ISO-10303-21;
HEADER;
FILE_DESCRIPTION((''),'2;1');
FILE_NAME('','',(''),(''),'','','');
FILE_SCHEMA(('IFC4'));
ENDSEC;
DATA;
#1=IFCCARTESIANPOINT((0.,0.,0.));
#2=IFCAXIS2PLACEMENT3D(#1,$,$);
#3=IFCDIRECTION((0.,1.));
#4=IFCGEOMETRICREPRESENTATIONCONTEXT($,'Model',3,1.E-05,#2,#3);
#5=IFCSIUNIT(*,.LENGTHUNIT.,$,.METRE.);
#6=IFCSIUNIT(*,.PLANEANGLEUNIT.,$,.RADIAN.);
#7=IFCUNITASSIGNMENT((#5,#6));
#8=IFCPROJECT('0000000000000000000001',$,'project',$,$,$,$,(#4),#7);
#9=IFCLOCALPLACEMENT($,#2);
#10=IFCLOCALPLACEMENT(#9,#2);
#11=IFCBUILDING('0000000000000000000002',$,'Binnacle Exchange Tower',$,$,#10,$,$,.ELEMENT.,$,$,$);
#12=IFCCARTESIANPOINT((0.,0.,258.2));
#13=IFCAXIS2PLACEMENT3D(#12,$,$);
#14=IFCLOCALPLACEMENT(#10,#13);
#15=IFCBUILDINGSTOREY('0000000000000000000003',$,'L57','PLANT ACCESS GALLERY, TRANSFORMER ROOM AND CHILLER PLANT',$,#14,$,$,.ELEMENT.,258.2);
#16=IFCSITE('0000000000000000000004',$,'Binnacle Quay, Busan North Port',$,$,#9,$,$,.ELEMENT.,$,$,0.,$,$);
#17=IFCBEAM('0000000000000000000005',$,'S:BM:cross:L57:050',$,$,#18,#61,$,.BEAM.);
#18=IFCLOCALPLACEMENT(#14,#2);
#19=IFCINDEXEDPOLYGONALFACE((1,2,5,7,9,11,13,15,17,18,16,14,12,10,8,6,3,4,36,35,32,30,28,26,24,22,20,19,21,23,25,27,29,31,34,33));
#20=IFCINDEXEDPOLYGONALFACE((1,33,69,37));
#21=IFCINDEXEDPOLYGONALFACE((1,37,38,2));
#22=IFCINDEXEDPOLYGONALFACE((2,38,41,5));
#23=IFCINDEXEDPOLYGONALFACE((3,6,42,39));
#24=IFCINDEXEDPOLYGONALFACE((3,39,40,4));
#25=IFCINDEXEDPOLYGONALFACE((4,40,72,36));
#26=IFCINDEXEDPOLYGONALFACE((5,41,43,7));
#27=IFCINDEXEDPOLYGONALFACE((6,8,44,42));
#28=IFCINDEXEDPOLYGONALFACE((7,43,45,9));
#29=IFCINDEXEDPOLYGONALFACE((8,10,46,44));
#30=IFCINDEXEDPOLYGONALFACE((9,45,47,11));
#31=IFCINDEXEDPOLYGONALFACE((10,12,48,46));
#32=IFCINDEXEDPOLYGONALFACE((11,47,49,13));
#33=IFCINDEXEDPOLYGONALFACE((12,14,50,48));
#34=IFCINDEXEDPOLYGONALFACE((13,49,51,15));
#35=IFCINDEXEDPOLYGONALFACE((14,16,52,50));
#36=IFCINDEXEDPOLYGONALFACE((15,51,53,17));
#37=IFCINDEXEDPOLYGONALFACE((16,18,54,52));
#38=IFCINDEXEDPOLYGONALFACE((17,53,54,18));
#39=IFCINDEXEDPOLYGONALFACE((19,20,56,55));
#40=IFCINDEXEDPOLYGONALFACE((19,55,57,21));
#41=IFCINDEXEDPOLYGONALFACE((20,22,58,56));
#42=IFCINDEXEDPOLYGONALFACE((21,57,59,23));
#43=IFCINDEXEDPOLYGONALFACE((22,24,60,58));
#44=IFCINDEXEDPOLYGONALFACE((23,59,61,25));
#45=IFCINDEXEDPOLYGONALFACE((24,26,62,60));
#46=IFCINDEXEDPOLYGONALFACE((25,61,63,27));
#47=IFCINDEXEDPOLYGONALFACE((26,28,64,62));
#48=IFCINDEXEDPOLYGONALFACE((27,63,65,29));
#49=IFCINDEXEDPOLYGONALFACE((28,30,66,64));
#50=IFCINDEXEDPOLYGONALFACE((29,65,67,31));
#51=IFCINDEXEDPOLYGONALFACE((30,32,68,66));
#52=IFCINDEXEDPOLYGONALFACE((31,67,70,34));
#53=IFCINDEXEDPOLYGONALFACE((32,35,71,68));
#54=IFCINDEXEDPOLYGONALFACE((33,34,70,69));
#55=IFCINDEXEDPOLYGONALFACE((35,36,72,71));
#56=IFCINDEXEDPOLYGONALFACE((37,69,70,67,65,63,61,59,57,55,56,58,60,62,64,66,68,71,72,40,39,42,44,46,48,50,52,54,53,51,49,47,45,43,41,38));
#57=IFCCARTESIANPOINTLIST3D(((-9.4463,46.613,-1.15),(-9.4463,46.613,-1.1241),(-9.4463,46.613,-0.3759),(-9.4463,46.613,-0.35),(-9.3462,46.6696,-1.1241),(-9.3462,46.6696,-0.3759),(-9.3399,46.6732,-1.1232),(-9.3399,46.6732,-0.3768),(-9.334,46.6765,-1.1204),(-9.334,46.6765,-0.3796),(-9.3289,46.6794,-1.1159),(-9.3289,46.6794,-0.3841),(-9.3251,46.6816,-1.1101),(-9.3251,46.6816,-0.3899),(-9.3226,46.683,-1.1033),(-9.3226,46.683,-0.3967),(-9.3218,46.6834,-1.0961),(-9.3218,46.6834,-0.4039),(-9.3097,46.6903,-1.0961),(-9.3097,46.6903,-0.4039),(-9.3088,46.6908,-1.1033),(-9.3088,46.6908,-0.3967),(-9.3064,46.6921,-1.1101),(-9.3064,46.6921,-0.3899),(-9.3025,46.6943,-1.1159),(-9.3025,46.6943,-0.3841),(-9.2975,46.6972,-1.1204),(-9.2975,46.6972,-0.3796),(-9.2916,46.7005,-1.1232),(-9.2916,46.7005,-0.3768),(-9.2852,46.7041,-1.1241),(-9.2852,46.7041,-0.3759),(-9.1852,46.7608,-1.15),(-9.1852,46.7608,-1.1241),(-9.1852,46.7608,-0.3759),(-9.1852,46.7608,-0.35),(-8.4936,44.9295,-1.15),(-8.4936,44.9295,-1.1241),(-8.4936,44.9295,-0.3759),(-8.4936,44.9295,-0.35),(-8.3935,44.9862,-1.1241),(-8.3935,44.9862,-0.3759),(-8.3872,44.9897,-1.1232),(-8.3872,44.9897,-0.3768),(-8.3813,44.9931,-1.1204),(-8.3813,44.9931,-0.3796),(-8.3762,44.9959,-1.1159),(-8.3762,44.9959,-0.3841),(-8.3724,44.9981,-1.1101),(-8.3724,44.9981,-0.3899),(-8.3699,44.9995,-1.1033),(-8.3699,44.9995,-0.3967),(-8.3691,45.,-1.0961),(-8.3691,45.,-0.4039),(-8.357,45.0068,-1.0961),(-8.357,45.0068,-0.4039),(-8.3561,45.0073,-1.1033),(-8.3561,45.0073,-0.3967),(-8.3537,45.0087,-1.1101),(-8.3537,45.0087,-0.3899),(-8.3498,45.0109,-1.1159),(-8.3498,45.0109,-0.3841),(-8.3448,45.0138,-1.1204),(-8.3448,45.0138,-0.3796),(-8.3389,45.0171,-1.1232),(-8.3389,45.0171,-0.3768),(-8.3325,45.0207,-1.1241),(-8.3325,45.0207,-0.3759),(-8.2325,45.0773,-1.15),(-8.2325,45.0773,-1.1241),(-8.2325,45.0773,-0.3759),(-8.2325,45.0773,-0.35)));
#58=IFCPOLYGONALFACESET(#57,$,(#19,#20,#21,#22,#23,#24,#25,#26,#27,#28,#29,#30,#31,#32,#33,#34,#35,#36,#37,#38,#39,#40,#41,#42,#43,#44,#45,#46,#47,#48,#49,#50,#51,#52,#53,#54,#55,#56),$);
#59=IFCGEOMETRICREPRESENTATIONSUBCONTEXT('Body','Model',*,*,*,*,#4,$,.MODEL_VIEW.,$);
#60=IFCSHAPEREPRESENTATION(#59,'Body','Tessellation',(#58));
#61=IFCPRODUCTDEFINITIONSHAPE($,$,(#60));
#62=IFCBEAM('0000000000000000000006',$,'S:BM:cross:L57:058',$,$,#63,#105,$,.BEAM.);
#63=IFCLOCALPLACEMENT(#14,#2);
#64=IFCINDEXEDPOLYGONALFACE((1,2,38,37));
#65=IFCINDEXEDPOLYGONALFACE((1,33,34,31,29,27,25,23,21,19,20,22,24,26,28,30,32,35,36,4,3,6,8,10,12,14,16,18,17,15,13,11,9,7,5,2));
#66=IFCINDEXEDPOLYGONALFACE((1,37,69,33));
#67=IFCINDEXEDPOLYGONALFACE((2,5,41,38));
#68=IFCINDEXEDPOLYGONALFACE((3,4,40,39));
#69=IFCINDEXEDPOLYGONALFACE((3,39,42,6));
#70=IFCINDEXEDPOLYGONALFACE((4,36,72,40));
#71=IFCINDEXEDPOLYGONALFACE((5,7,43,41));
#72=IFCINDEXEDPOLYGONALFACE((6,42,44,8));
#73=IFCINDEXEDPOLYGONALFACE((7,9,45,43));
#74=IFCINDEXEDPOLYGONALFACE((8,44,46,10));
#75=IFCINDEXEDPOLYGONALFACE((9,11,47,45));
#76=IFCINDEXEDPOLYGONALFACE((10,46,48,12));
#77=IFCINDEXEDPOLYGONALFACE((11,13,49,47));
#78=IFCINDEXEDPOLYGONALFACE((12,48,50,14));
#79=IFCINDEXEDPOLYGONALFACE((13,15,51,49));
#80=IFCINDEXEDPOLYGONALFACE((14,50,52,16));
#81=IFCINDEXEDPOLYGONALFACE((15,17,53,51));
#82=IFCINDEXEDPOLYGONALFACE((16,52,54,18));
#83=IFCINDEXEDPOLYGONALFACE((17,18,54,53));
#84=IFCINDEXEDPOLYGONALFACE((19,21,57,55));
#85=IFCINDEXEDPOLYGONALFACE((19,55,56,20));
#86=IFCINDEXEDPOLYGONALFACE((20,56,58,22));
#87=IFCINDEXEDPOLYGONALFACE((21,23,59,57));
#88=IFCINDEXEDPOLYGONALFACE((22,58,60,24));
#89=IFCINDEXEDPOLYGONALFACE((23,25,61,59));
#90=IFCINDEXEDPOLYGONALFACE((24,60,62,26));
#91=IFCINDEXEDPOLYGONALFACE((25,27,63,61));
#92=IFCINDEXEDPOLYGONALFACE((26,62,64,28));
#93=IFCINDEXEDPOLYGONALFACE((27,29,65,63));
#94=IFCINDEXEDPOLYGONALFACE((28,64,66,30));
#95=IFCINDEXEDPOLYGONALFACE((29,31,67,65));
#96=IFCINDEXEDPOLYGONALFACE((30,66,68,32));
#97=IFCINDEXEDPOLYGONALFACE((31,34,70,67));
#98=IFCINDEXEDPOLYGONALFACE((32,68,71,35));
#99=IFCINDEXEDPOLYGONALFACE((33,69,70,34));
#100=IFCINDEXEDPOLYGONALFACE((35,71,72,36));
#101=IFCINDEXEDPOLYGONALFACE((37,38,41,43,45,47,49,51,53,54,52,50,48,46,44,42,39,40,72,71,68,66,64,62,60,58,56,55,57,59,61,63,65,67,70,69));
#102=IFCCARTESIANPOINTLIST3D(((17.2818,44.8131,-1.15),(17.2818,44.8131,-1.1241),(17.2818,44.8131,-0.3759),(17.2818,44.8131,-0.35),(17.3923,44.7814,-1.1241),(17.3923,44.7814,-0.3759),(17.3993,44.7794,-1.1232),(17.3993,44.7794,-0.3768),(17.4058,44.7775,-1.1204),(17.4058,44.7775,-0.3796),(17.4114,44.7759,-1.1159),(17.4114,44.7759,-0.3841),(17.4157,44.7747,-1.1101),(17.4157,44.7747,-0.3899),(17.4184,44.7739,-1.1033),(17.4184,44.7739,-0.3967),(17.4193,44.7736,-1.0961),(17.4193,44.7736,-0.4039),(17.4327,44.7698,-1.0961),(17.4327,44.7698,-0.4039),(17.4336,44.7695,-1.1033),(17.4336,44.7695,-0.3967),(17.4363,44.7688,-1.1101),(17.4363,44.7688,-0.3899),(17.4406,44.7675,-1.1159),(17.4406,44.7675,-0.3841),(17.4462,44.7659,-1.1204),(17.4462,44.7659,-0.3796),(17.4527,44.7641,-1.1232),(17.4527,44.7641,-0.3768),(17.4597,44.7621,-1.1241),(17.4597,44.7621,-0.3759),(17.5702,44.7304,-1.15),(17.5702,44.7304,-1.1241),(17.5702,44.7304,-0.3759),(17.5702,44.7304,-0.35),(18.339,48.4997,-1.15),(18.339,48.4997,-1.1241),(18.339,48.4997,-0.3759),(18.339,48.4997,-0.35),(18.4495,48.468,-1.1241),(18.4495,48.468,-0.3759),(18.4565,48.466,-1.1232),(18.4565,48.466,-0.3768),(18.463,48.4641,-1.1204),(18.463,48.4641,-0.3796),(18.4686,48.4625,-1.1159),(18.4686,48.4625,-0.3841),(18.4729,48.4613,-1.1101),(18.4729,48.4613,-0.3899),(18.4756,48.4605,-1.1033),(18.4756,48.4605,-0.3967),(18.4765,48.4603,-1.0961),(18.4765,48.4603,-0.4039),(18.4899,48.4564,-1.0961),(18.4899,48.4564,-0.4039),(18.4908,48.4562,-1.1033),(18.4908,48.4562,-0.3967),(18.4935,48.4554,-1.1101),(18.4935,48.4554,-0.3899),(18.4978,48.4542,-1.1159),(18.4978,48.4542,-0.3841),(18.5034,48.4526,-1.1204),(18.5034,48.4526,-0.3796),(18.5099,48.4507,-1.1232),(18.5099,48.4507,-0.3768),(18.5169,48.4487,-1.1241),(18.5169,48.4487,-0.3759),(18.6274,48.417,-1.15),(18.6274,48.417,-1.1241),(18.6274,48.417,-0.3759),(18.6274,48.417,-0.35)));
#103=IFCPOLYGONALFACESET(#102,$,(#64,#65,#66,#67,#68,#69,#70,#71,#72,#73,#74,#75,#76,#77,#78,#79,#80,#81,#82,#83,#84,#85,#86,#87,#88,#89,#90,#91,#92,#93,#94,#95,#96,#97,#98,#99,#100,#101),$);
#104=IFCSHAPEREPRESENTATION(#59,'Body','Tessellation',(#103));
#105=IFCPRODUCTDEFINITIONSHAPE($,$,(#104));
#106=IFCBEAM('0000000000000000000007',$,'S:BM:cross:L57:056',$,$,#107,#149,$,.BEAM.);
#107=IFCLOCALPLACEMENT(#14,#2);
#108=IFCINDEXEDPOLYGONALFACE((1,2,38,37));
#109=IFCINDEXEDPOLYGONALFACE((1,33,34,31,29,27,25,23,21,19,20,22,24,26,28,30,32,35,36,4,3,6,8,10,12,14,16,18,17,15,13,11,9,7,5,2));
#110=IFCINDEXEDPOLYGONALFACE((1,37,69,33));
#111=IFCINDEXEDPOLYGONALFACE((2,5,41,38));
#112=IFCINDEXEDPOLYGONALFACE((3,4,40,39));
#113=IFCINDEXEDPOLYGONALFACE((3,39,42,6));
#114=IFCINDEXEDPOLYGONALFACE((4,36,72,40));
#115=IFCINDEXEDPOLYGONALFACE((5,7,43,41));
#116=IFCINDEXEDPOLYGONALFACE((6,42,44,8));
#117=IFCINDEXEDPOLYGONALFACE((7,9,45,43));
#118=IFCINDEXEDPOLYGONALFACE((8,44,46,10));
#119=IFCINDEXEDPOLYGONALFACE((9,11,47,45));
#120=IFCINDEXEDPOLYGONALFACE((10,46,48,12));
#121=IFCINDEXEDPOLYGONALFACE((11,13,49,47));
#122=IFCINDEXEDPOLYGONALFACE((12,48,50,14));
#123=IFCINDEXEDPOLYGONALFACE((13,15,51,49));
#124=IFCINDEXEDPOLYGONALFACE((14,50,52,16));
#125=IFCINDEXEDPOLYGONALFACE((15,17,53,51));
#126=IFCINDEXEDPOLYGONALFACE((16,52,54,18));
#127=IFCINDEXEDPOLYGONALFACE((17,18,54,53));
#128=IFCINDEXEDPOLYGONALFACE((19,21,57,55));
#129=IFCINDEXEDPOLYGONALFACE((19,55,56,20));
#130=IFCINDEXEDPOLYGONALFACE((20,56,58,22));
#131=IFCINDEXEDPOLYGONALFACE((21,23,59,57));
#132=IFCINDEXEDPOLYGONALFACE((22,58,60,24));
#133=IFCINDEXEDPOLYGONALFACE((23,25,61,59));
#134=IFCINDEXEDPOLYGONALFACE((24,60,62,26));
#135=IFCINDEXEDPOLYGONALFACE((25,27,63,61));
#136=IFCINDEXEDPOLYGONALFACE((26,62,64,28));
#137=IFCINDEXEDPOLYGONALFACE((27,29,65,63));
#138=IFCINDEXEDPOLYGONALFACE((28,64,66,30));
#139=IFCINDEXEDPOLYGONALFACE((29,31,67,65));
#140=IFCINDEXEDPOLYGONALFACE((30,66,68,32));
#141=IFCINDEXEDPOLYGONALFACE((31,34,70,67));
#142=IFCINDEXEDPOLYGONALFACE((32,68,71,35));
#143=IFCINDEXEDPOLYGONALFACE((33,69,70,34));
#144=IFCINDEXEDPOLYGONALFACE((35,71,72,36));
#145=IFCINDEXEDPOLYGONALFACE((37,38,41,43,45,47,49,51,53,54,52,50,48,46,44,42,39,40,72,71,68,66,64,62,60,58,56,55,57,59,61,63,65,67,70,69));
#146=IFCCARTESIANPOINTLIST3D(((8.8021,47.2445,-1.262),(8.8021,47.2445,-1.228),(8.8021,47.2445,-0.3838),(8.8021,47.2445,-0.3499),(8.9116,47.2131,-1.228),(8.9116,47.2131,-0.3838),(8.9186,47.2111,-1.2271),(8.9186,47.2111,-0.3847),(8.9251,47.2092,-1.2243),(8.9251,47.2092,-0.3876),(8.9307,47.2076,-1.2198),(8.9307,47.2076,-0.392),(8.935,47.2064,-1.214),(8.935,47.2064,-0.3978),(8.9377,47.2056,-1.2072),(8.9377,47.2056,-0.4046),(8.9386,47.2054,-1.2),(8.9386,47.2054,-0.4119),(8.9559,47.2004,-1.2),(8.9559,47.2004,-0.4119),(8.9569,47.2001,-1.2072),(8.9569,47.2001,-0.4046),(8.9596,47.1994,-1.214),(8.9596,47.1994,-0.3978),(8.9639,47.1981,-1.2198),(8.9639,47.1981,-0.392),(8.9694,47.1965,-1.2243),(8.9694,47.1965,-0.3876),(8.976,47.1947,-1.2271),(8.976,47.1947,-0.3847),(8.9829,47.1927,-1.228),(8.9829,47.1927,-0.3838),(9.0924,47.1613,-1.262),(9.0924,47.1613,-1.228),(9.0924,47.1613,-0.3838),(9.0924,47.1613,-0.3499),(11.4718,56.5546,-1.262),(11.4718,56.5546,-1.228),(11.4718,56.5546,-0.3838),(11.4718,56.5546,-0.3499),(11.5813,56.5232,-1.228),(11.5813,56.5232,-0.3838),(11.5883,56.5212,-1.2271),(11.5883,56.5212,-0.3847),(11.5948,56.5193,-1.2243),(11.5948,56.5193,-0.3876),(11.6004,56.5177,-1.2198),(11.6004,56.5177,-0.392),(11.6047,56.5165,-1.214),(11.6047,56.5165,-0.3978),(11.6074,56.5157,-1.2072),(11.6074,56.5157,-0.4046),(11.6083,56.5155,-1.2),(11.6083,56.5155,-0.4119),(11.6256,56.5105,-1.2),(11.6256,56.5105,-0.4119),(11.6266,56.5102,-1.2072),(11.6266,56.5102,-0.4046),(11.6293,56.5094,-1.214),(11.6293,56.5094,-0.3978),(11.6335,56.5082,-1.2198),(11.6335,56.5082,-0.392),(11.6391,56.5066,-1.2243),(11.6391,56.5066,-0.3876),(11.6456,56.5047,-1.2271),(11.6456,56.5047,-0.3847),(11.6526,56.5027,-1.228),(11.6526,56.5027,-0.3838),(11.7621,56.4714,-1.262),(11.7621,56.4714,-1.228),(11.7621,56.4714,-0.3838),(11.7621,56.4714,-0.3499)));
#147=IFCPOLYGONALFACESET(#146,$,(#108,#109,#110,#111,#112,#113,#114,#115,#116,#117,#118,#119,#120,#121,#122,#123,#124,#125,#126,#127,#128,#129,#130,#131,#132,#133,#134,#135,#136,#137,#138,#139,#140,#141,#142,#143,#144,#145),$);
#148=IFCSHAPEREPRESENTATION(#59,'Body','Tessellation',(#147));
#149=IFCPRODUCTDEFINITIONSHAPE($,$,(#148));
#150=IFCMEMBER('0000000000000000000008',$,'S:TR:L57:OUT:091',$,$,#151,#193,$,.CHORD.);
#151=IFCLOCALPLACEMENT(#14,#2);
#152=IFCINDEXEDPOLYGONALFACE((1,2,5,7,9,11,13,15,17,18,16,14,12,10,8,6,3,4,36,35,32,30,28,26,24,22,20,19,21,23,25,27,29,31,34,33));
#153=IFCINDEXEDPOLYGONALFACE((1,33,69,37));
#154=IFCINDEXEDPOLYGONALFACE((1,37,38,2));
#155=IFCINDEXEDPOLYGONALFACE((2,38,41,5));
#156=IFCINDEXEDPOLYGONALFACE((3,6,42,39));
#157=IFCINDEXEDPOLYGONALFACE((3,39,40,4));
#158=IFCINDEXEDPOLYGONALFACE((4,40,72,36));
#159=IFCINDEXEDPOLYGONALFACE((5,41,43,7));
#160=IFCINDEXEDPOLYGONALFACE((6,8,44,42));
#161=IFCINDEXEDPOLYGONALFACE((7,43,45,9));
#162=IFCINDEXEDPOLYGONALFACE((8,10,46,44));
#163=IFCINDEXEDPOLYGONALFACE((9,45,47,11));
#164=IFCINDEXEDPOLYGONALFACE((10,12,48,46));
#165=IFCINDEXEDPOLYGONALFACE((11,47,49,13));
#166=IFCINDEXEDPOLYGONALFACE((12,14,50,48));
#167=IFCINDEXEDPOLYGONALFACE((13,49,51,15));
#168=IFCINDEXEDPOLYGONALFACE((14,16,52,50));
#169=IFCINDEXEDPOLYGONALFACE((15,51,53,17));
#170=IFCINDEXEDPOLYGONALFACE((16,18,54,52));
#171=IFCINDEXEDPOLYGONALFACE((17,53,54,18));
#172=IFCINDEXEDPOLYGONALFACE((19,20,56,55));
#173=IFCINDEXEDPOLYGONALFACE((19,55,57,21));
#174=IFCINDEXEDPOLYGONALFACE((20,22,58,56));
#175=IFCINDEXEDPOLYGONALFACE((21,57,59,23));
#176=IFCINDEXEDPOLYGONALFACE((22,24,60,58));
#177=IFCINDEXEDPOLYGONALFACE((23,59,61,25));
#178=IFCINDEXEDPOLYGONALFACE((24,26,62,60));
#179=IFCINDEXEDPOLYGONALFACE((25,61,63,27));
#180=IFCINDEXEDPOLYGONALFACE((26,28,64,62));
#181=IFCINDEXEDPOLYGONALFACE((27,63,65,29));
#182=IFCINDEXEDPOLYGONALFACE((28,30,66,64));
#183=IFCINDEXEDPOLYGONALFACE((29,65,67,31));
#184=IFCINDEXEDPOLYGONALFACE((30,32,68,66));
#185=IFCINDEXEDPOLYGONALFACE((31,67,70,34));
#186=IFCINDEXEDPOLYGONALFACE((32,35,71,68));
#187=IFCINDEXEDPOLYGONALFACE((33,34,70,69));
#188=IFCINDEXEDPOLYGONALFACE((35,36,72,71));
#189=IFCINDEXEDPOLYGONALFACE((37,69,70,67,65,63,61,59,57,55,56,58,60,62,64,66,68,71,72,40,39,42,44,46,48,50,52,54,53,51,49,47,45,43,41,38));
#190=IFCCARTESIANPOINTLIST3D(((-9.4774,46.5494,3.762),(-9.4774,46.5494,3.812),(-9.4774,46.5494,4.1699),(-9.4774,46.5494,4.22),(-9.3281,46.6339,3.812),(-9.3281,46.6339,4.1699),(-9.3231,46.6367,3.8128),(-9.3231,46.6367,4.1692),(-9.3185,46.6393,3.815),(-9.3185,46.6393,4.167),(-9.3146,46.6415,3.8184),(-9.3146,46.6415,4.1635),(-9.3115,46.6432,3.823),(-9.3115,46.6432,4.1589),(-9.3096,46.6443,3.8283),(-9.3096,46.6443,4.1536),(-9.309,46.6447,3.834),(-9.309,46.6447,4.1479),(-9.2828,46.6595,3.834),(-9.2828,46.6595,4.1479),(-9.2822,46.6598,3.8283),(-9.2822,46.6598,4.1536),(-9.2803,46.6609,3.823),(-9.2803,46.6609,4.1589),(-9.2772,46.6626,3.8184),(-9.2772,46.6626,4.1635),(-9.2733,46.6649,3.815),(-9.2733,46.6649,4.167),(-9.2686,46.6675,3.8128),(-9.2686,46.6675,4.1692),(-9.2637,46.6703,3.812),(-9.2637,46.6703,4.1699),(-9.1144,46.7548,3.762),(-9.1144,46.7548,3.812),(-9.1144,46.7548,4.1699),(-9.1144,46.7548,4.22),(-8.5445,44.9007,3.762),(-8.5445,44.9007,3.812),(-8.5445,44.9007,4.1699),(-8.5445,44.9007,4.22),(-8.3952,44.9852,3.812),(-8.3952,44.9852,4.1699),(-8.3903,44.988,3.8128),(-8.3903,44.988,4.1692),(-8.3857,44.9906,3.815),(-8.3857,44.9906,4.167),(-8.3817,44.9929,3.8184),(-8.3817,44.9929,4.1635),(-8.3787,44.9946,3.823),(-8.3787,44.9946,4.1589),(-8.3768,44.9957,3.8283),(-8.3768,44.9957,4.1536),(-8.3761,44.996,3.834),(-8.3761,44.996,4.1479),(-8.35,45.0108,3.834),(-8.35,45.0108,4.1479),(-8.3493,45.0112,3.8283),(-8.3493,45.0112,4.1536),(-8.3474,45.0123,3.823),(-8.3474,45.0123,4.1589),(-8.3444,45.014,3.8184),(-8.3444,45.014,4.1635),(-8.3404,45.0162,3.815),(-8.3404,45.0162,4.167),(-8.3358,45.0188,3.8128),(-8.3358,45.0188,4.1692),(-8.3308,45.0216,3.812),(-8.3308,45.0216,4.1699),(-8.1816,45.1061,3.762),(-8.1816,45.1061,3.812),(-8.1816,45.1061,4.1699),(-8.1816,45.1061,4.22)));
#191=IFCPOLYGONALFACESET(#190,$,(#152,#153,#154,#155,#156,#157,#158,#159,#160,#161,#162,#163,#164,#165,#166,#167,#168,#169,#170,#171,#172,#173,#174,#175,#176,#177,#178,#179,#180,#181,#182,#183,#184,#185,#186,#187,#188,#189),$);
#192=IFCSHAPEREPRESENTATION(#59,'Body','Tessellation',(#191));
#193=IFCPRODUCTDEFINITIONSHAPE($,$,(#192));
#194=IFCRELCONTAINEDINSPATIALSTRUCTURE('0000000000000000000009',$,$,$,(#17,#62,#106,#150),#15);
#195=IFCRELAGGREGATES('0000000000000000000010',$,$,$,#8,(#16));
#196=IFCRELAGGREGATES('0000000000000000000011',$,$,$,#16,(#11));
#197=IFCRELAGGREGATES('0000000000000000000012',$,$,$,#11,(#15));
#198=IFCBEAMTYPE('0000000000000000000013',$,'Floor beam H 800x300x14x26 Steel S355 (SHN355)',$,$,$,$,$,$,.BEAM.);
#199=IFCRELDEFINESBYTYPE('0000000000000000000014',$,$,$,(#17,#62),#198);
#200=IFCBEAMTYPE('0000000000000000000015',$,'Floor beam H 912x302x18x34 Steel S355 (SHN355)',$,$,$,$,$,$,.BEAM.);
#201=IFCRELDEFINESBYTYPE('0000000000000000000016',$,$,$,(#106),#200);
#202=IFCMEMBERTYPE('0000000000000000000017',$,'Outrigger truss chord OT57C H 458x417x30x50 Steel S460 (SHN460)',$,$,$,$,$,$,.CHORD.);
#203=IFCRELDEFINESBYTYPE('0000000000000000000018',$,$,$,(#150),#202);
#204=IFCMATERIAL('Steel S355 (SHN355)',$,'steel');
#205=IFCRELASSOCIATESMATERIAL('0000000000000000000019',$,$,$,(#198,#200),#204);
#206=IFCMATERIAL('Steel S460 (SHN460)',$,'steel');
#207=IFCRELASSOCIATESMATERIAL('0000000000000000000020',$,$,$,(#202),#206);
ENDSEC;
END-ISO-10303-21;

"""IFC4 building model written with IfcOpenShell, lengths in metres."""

from ifc_helpers import new_model, si_unit, direction, frame, origin, origin_2d, place, context, subcontext, project, spatial, i_section, extrude, material, material_profile, profile_set, type_object, element, save


model = new_model("IFC4")

# Units and contexts
model_context = context("Model", 3, precision=1e-05, world=origin(), true_north=direction((0.0, 1.0)))
body_context = subcontext(model_context, "Body", "Model", "MODEL_VIEW")
ifc_project = project(units=[si_unit("LENGTHUNIT", "METRE"), si_unit("PLANEANGLEUNIT", "RADIAN")], contexts=[model_context])

# Site, building, storey
site_placement = place(None, origin())
site = spatial("IfcSite", under=ifc_project, at=site_placement, Name="Binnacle Quay, Busan North Port", CompositionType="ELEMENT", RefElevation=0.0)
building_placement = place(site_placement, origin())
building = spatial("IfcBuilding", under=site, at=building_placement, Name="Binnacle Exchange Tower", CompositionType="ELEMENT")
storey_placement = place(building_placement, frame((0.0, 0.0, 258.2)))
storey = spatial("IfcBuildingStorey", under=building, at=storey_placement, Name="L57", Description="PLANT ACCESS GALLERY, TRANSFORMER ROOM AND CHILLER PLANT", CompositionType="ELEMENT", Elevation=258.2)

# Shared definitions
ifc_material_1 = material(Name="Steel S355 (SHN355)", Category="steel")

# Beams
ifc_material_profile_1 = material_profile(ifc_material_1, i_section(OverallWidth=0.3, OverallDepth=0.8, WebThickness=0.0139, FlangeThickness=0.0259, FilletRadius=0.0281, at=origin_2d()), Name="H 800x300x14x26")
ifc_profile_set_1 = profile_set([ifc_material_profile_1], Name="Steel S355 (SHN355)")
beam_type_1 = type_object("IfcBeamType", Name="Floor beam H 800x300x14x26 Steel S355 (SHN355)", PredefinedType="BEAM", material=ifc_profile_set_1)
beam_1_placement = place(storey_placement, frame((-8.363, 45.0034, -0.75), z_axis=(-0.492519, 0.870302, 0.0), x_axis=(-0.870302, -0.492519, 0.0)))
element("IfcBeam", 1, at=beam_1_placement, inside=storey, type_object=beam_type_1, Name="S:BM:cross:L57:050", PredefinedType="BEAM", context=body_context, shape_type="SweptSolid", body=[
    extrude(i_section(OverallWidth=0.3, OverallDepth=0.8, WebThickness=0.0139, FlangeThickness=0.0259, FilletRadius=0.0281, at=origin_2d()), origin(), (0.0, 0.0, 1.0), 1.9343),
])
beam_2_placement = place(storey_placement, frame((17.426, 44.7717, -0.75), z_axis=(0.275646, 0.961259, 0.0), x_axis=(-0.961259, 0.275646, 0.0)))
element("IfcBeam", 2, at=beam_2_placement, inside=storey, type_object=beam_type_1, Name="S:BM:cross:L57:058", PredefinedType="BEAM", context=body_context, shape_type="SweptSolid", body=[
    extrude(i_section(OverallWidth=0.3, OverallDepth=0.8, WebThickness=0.0139, FlangeThickness=0.0259, FilletRadius=0.0281, at=origin_2d()), origin(), (0.0, 0.0, 1.0), 3.8352),
])
ifc_material_profile_2 = material_profile(ifc_material_1, i_section(OverallWidth=0.302, OverallDepth=0.9121, WebThickness=0.0181, FlangeThickness=0.0339, FilletRadius=0.0281, at=origin_2d()), Name="H 912x302x18x34")
ifc_profile_set_2 = profile_set([ifc_material_profile_2], Name="Steel S355 (SHN355)")
beam_type_2 = type_object("IfcBeamType", Name="Floor beam H 912x302x18x34 Steel S355 (SHN355)", PredefinedType="BEAM", material=ifc_profile_set_2)
beam_3_placement = place(storey_placement, frame((8.9473, 47.2029, -0.8059), z_axis=(0.275643, 0.96126, 0.0), x_axis=(-0.96126, 0.275643, 0.0)))
element("IfcBeam", 3, at=beam_3_placement, inside=storey, type_object=beam_type_2, Name="S:BM:cross:L57:056", PredefinedType="BEAM", context=body_context, shape_type="SweptSolid", body=[
    extrude(i_section(OverallWidth=0.302, OverallDepth=0.9121, WebThickness=0.0181, FlangeThickness=0.0339, FilletRadius=0.0281, at=origin_2d()), origin(), (0.0, 0.0, 1.0), 9.6853),
])

# Member
ifc_material_2 = material(Name="Steel S460 (SHN460)", Category="steel")
ifc_material_profile_3 = material_profile(ifc_material_2, i_section(OverallWidth=0.417, OverallDepth=0.458, WebThickness=0.03, FlangeThickness=0.05, FilletRadius=0.022, at=origin_2d()), Name="H 458x417x30x50")
ifc_profile_set_3 = profile_set([ifc_material_profile_3], Name="Steel S460 (SHN460)")
member_type_1 = type_object("IfcMemberType", Name="Outrigger truss chord OT57C H 458x417x30x50 Steel S460 (SHN460)", PredefinedType="CHORD", material=ifc_profile_set_3)
for number, where, z_axis, x_axis, name in (
    (4, (-8.363, 45.0034, 3.991), (-0.492456, 0.870337, 0.0), (-0.870337, -0.492456, 0.0), "S:TR:L57:OUT:091"),
):
    element("IfcMember", number, at=place(storey_placement, frame(where, z_axis=z_axis, x_axis=x_axis)), inside=storey, type_object=member_type_1, Name=name, PredefinedType="CHORD", context=body_context, shape_type="SweptSolid", body=[
        extrude(i_section(OverallWidth=0.417, OverallDepth=0.458, WebThickness=0.03, FlangeThickness=0.05, FilletRadius=0.022, at=origin_2d()), origin(), (0.0, 0.0, 1.0), 1.8943),
    ])

save(model, "model.ifc")
